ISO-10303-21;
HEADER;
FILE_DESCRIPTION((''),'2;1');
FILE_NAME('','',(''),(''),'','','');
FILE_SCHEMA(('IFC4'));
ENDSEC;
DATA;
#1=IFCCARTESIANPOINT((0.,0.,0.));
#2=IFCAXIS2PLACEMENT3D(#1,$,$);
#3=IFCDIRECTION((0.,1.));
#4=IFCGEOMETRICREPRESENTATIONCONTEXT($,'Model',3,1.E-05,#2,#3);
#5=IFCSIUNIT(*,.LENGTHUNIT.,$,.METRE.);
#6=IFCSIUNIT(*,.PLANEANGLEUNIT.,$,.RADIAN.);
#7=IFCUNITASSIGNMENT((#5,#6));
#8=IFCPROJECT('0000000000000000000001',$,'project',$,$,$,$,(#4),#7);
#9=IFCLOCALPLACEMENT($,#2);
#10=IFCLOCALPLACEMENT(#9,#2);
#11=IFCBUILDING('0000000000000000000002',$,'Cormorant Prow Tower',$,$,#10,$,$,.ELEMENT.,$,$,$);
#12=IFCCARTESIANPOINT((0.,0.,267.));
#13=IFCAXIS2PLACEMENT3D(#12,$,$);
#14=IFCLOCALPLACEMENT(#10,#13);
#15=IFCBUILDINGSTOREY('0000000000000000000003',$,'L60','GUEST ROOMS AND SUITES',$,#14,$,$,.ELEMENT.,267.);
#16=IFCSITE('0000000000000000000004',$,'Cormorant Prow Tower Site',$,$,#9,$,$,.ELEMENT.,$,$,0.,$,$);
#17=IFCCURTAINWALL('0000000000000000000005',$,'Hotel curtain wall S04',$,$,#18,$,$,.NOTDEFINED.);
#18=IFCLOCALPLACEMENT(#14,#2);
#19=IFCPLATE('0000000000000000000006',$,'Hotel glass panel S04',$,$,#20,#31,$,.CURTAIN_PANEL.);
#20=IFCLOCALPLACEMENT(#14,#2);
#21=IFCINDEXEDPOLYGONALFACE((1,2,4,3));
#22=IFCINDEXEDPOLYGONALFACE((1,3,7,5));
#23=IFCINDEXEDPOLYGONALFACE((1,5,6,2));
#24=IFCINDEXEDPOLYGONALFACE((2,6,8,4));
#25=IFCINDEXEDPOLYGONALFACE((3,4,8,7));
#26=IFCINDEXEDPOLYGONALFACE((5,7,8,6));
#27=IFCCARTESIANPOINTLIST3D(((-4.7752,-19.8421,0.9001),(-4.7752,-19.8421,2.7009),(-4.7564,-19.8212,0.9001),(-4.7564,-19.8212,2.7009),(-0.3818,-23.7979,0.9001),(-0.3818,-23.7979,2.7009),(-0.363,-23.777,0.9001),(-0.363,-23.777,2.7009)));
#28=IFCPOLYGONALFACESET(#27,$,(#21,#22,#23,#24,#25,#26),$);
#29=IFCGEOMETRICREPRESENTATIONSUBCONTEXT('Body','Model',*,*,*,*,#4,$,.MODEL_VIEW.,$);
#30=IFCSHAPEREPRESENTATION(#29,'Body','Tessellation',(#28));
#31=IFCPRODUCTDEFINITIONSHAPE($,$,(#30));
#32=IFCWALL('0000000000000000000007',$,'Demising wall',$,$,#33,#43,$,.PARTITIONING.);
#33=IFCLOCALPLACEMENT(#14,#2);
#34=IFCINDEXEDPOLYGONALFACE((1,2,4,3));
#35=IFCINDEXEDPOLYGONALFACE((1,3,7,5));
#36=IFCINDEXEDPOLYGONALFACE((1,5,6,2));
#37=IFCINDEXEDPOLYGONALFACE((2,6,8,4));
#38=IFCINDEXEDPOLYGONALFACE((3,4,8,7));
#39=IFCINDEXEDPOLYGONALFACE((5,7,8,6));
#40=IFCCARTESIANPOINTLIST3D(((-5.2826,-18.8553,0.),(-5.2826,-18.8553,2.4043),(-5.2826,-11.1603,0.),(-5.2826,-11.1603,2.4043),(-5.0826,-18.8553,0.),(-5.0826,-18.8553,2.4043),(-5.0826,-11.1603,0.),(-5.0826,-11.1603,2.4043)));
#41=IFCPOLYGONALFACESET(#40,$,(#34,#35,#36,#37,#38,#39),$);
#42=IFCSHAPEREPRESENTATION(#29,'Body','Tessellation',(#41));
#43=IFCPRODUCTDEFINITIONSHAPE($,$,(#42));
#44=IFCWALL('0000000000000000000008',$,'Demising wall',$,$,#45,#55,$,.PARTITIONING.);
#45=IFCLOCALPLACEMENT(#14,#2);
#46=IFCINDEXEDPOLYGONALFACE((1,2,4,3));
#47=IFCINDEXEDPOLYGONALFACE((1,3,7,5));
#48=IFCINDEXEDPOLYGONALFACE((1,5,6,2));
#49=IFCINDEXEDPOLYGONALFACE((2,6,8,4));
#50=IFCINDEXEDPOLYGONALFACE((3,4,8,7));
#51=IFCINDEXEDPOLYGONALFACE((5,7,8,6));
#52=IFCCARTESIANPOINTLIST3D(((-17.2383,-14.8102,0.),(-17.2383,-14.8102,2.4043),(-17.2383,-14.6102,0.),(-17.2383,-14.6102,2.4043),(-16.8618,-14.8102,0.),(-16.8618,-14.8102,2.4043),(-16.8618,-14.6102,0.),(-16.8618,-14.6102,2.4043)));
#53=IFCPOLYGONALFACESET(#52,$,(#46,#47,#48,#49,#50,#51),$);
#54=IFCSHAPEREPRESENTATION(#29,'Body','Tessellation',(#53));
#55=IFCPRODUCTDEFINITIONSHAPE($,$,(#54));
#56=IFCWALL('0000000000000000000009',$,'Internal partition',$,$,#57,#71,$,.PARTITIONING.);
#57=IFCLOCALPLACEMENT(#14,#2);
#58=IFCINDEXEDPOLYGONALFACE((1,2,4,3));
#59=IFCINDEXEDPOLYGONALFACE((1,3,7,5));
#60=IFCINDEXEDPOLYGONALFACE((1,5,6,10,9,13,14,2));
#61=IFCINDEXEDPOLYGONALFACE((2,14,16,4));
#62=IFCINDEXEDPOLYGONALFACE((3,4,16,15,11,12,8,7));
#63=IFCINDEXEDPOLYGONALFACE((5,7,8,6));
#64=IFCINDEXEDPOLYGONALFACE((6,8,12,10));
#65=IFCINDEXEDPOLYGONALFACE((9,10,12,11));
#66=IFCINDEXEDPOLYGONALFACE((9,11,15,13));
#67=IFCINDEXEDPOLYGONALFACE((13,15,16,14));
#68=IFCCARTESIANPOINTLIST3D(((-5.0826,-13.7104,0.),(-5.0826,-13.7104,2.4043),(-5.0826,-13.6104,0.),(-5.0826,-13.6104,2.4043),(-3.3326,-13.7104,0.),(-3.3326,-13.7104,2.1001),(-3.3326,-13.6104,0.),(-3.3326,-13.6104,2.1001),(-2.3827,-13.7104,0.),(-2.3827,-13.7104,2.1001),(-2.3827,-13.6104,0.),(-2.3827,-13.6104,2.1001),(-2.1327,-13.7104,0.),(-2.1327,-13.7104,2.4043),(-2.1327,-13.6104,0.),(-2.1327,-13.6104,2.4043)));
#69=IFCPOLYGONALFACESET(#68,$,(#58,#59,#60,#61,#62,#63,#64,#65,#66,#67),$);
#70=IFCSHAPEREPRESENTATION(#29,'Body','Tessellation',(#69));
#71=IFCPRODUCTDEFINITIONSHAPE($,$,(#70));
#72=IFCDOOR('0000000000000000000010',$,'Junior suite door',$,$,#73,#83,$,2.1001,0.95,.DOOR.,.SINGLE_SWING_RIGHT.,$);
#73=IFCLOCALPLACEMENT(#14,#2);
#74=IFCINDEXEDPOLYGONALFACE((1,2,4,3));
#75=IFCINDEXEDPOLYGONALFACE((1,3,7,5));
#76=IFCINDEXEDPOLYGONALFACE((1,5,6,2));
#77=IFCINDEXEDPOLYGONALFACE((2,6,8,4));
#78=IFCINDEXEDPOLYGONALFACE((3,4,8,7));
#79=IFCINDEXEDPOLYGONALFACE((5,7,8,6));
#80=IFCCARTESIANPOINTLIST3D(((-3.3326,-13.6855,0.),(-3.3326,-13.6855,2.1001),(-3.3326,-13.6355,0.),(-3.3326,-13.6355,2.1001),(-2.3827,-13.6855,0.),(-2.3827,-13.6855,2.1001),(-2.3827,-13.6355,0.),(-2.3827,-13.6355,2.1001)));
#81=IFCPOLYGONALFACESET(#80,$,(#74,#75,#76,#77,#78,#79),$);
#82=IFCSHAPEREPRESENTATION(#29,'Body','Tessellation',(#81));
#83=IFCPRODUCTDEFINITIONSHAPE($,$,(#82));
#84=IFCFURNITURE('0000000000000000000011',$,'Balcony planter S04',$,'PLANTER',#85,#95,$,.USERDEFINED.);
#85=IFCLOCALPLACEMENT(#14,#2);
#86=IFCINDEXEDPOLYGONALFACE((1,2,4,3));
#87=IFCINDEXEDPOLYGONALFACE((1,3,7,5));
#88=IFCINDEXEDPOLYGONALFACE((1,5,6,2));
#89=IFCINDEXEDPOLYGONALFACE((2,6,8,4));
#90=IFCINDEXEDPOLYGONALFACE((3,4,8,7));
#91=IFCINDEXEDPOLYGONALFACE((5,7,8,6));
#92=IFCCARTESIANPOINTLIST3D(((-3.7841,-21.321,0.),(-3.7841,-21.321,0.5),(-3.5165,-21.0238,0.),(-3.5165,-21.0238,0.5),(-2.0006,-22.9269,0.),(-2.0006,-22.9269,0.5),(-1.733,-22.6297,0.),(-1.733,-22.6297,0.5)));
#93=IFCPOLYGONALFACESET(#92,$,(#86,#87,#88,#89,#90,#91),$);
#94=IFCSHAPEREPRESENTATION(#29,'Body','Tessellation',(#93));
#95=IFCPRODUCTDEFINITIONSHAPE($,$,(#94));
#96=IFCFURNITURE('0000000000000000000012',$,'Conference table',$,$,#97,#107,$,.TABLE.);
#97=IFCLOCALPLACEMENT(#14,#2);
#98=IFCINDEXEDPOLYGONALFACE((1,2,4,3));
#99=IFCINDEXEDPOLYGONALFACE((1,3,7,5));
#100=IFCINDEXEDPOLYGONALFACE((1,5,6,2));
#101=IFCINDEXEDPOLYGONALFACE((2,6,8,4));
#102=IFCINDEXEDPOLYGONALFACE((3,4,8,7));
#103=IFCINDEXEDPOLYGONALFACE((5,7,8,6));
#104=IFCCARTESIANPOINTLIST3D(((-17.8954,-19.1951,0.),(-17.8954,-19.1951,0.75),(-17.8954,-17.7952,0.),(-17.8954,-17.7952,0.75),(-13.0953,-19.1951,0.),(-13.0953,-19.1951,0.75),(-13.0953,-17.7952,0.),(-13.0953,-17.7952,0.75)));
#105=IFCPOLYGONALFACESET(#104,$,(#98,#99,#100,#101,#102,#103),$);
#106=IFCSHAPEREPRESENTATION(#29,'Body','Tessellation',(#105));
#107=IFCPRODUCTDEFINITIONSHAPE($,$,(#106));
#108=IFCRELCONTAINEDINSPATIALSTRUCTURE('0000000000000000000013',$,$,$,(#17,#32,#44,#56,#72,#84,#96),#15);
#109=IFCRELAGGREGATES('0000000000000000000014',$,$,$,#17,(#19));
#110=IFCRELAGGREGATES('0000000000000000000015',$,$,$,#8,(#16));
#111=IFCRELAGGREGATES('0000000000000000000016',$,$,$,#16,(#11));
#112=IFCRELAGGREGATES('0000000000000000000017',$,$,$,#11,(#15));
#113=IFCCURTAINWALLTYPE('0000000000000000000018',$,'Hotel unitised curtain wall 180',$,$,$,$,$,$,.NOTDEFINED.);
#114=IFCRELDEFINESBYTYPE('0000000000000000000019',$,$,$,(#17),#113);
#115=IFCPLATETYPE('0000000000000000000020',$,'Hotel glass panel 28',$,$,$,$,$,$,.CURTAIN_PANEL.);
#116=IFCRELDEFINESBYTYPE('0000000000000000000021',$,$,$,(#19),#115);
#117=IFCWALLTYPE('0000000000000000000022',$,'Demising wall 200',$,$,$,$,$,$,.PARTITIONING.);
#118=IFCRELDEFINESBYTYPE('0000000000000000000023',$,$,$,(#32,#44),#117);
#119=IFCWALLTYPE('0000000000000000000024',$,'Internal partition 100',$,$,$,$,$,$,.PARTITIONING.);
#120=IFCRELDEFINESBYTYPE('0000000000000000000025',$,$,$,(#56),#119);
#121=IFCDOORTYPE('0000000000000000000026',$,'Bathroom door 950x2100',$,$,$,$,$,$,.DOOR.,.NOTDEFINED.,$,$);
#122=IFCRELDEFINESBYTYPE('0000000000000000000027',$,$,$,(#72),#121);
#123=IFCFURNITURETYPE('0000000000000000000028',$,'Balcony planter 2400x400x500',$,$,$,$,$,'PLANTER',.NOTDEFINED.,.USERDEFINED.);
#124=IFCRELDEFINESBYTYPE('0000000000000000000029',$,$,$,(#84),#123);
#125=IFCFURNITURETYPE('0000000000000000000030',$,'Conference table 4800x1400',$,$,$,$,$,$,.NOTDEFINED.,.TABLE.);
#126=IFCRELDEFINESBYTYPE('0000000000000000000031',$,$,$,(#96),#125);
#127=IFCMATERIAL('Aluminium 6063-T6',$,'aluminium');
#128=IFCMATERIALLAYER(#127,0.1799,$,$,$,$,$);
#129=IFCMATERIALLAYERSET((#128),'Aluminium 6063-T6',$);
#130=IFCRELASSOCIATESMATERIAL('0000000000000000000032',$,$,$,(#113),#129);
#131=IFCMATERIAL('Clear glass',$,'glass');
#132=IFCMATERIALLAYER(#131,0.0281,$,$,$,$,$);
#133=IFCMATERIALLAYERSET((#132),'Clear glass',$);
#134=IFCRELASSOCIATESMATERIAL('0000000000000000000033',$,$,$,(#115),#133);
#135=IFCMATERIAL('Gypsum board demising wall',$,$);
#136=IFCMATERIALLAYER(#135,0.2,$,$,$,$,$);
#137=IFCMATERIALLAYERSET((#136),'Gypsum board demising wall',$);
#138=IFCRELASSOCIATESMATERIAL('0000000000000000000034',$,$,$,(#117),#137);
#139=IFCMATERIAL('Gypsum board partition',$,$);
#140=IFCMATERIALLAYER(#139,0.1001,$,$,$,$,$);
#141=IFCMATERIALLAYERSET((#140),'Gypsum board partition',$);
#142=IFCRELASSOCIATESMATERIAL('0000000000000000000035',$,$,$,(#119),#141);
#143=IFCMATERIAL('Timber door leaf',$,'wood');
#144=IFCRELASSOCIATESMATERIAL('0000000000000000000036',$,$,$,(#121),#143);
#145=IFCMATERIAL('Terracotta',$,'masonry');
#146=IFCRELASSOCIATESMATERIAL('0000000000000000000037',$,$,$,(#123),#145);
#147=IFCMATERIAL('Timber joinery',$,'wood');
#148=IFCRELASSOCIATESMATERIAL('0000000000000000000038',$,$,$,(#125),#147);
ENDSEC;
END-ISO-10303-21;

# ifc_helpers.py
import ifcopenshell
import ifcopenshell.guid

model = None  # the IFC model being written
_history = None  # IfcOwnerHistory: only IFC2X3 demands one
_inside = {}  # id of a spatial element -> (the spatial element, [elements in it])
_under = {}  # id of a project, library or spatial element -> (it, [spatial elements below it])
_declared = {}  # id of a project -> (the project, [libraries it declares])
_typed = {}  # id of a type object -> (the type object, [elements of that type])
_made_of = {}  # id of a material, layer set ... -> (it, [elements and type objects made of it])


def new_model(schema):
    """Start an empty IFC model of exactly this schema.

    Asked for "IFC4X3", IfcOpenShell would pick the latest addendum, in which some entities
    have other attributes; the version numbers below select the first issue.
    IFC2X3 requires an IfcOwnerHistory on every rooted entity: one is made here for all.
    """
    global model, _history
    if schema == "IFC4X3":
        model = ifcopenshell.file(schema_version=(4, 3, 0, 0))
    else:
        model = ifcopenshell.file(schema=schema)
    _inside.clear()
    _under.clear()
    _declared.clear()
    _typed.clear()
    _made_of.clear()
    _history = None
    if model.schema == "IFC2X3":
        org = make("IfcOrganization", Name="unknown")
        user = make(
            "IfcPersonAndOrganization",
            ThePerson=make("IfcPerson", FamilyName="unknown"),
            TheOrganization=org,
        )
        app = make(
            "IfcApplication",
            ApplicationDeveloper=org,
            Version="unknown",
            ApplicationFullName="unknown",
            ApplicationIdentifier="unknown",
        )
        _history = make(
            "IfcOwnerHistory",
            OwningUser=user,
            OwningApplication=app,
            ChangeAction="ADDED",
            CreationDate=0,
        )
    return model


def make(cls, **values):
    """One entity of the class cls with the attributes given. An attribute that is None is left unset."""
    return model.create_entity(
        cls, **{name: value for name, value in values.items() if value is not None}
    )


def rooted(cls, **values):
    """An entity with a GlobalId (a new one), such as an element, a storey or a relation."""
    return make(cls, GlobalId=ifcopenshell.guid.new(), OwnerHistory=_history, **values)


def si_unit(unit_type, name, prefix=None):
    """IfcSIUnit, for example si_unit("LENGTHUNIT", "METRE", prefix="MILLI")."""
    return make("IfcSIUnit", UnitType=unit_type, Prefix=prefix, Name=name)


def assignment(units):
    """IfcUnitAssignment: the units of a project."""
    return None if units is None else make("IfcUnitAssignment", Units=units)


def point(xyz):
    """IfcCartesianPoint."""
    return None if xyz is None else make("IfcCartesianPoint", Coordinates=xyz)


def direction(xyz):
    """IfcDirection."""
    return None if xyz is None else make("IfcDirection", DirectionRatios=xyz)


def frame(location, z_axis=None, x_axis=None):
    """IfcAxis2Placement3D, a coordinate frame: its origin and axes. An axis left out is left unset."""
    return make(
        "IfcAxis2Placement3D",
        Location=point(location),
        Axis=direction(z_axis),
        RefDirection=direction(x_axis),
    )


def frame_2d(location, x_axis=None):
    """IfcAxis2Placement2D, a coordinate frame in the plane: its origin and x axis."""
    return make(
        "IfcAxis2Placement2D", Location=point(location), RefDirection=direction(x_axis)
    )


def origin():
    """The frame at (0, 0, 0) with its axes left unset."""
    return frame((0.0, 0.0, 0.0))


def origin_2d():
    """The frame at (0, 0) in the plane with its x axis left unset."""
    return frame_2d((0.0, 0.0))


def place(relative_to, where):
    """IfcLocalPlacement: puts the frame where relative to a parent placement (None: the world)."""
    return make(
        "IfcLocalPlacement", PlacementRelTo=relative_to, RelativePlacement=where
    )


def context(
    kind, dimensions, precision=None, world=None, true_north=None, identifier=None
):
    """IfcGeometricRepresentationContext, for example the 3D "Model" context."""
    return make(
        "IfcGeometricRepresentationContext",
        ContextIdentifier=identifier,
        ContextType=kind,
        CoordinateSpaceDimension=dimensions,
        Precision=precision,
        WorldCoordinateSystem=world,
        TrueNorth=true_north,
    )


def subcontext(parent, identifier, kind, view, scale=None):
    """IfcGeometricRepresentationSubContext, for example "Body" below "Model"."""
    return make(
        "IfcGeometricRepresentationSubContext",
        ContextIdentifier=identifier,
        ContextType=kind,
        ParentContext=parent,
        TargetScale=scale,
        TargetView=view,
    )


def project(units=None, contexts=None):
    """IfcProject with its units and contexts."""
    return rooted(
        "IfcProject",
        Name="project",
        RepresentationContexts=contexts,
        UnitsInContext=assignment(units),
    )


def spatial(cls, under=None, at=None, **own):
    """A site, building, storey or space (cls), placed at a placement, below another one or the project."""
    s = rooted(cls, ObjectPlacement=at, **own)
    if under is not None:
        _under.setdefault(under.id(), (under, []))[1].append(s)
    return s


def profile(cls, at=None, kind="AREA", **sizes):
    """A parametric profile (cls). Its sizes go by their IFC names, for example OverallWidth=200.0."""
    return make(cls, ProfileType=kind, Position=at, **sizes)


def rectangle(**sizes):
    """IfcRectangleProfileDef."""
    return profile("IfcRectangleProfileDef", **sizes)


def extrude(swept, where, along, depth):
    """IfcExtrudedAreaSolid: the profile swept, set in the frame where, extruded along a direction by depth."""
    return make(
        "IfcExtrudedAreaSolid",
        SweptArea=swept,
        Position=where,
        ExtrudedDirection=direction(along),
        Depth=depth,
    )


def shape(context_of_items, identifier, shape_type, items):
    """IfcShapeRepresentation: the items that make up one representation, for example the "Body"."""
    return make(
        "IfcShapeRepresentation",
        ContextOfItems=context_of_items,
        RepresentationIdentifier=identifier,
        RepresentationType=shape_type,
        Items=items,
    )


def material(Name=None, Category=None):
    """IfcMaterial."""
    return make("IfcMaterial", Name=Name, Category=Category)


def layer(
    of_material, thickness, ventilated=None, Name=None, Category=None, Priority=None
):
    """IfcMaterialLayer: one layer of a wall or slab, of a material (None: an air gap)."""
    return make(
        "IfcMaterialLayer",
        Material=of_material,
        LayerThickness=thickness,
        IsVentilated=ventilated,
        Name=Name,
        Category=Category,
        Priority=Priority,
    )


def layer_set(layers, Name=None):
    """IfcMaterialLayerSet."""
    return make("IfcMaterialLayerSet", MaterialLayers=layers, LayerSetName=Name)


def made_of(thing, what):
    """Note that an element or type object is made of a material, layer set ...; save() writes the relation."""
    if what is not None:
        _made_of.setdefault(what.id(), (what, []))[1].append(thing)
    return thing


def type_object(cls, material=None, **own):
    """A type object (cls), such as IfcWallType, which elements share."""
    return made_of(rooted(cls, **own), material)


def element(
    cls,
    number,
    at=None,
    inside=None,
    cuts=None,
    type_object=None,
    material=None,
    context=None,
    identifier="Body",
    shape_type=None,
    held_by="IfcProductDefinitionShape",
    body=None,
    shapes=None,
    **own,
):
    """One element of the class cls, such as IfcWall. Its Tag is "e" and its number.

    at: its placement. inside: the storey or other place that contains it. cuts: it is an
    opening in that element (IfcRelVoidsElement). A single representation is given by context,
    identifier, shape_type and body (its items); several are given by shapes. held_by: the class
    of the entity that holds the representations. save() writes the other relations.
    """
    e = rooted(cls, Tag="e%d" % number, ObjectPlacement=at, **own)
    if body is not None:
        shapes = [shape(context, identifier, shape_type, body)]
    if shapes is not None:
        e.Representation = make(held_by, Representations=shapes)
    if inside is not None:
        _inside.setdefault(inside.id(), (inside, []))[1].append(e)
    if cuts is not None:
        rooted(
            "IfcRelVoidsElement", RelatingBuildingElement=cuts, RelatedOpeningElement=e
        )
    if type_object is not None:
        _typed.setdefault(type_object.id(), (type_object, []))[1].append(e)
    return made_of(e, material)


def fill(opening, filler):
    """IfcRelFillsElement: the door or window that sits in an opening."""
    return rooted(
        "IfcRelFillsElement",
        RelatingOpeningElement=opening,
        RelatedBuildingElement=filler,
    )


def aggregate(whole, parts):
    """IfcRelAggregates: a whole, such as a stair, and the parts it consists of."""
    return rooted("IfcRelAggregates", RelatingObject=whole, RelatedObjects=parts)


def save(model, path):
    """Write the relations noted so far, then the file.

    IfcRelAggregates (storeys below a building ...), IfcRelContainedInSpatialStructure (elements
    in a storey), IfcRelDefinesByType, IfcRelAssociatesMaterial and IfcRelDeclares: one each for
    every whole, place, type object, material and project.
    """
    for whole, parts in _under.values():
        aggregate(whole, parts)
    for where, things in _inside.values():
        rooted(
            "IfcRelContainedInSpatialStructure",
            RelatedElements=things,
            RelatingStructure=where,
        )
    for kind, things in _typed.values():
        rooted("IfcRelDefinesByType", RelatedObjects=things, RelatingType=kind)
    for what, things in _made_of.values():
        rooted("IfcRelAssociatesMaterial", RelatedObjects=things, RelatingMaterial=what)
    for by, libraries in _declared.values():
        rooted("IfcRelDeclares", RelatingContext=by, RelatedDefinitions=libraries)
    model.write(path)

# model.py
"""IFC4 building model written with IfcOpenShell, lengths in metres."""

from ifc_helpers import new_model, si_unit, direction, frame, frame_2d, origin, origin_2d, place, context, subcontext, project, spatial, rectangle, extrude, material, layer, layer_set, type_object, element, fill, aggregate, save


model = new_model("IFC4")

# Units and contexts
model_context = context("Model", 3, precision=1e-05, world=origin(), true_north=direction((0.0, 1.0)))
body_context = subcontext(model_context, "Body", "Model", "MODEL_VIEW")
ifc_project = project(units=[si_unit("LENGTHUNIT", "METRE"), si_unit("PLANEANGLEUNIT", "RADIAN")], contexts=[model_context])

# Site, building, storey
site_placement = place(None, origin())
site = spatial("IfcSite", under=ifc_project, at=site_placement, Name="Cormorant Prow Tower Site", CompositionType="ELEMENT", RefElevation=0.0)
building_placement = place(site_placement, origin())
building = spatial("IfcBuilding", under=site, at=building_placement, Name="Cormorant Prow Tower", CompositionType="ELEMENT")
storey_placement = place(building_placement, frame((0.0, 0.0, 267.0)))
storey = spatial("IfcBuildingStorey", under=building, at=storey_placement, Name="L60", Description="GUEST ROOMS AND SUITES", CompositionType="ELEMENT", Elevation=267.0)

# Curtain wall
ifc_material_1 = material(Name="Aluminium 6063-T6", Category="aluminium")
ifc_layer_1 = layer(ifc_material_1, 0.1799)
ifc_layer_set_1 = layer_set([ifc_layer_1], Name="Aluminium 6063-T6")
curtain_wall_type = type_object("IfcCurtainWallType", Name="Hotel unitised curtain wall 180", PredefinedType="NOTDEFINED", material=ifc_layer_set_1)
curtain_wall_1_placement = place(storey_placement, origin())
curtain_wall_1 = element("IfcCurtainWall", 1, at=curtain_wall_1_placement, inside=storey, type_object=curtain_wall_type, Name="Hotel curtain wall S04", PredefinedType="NOTDEFINED")

# Plate
ifc_material_2 = material(Name="Clear glass", Category="glass")
ifc_layer_2 = layer(ifc_material_2, 0.0281)
ifc_layer_set_2 = layer_set([ifc_layer_2], Name="Clear glass")
plate_type = type_object("IfcPlateType", Name="Hotel glass panel 28", PredefinedType="CURTAIN_PANEL", material=ifc_layer_set_2)
plate_1_placement = place(storey_placement, frame((-2.5691, -21.8096, 0.9001), z_axis=(0.0, 0.0, 1.0), x_axis=(0.743145, -0.669131, 0.0)))
plate_1 = element("IfcPlate", 2, at=plate_1_placement, type_object=plate_type, Name="Hotel glass panel S04", PredefinedType="CURTAIN_PANEL", context=body_context, shape_type="SweptSolid", body=[
    extrude(rectangle(XDim=5.9119, YDim=0.0281, at=origin_2d()), origin(), (0.0, 0.0, 1.0), 1.8008),
])
aggregate(curtain_wall_1, [plate_1])

# Walls
ifc_material_3 = material(Name="Gypsum board demising wall")
ifc_layer_3 = layer(ifc_material_3, 0.2)
ifc_layer_set_3 = layer_set([ifc_layer_3], Name="Gypsum board demising wall")
wall_type_1 = type_object("IfcWallType", Name="Demising wall 200", PredefinedType="PARTITIONING", material=ifc_layer_set_3)
wall_1_placement = place(storey_placement, frame((-5.1826, -18.8555, 0.0), z_axis=(0.0, 0.0, 1.0), x_axis=(0.0, 1.0, 0.0)))
element("IfcWall", 3, at=wall_1_placement, inside=storey, type_object=wall_type_1, Name="Demising wall", PredefinedType="PARTITIONING", context=body_context, shape_type="SweptSolid", body=[
    extrude(rectangle(XDim=7.6951, YDim=0.2, at=frame_2d((3.8477, 0.0))), origin(), (0.0, 0.0, 1.0), 2.4043),
])
wall_2_placement = place(storey_placement, frame((-17.2383, -14.7102, 0.0), z_axis=(0.0, 0.0, 1.0), x_axis=(1.0, 0.0, 0.0)))
element("IfcWall", 4, at=wall_2_placement, inside=storey, type_object=wall_type_1, Name="Demising wall", PredefinedType="PARTITIONING", context=body_context, shape_type="SweptSolid", body=[
    extrude(rectangle(XDim=0.3765, YDim=0.2, at=frame_2d((0.1882, 0.0))), origin(), (0.0, 0.0, 1.0), 2.4043),
])

# Wall, opening, door
ifc_material_4 = material(Name="Gypsum board partition")
ifc_layer_4 = layer(ifc_material_4, 0.1001)
ifc_layer_set_4 = layer_set([ifc_layer_4], Name="Gypsum board partition")
wall_type_2 = type_object("IfcWallType", Name="Internal partition 100", PredefinedType="PARTITIONING", material=ifc_layer_set_4)
wall_3_placement = place(storey_placement, frame((-5.0828, -13.6604, 0.0), z_axis=(0.0, 0.0, 1.0), x_axis=(1.0, 0.0, 0.0)))
wall_3 = element("IfcWall", 5, at=wall_3_placement, inside=storey, type_object=wall_type_2, Name="Internal partition", PredefinedType="PARTITIONING", context=body_context, shape_type="SweptSolid", body=[
    extrude(rectangle(XDim=2.95, YDim=0.1001, at=frame_2d((1.4751, 0.0))), origin(), (0.0, 0.0, 1.0), 2.4043),
])
opening_1_placement = place(wall_3_placement, frame((1.75, 0.0, 0.0)))
opening_1 = element("IfcOpeningElement", 6, at=opening_1_placement, cuts=wall_3, PredefinedType="OPENING", context=body_context, shape_type="SweptSolid", body=[
    extrude(rectangle(XDim=0.95, YDim=2.1001, at=frame_2d((0.4751, 1.05))), frame((0.0, 0.0601, 0.0), z_axis=(0.0, -1.0, 0.0), x_axis=(1.0, 0.0, 0.0)), (0.0, 0.0, 1.0), 0.1201),
])
ifc_material_5 = material(Name="Timber door leaf", Category="wood")
door_type_1 = type_object("IfcDoorType", Name="Bathroom door 950x2100", OperationType="NOTDEFINED", PredefinedType="DOOR", material=ifc_material_5)
door_1_placement = place(opening_1_placement, origin())
door_1 = element("IfcDoor", 7, at=door_1_placement, inside=storey, type_object=door_type_1, Name="Junior suite door", OperationType="SINGLE_SWING_RIGHT", OverallHeight=2.1001, OverallWidth=0.95, PredefinedType="DOOR", context=body_context, shape_type="SweptSolid", body=[
    extrude(rectangle(XDim=0.95, YDim=2.1001, at=frame_2d((0.4751, 1.05))), frame((0.0, 0.0249, 0.0), z_axis=(0.0, -1.0, 0.0), x_axis=(1.0, 0.0, 0.0)), (0.0, 0.0, 1.0), 0.05),
])
fill(opening_1, door_1)

# Furniture
ifc_material_6 = material(Name="Terracotta", Category="masonry")
furniture_type_1 = type_object("IfcFurnitureType", Name="Balcony planter 2400x400x500", ElementType="PLANTER", AssemblyPlace="NOTDEFINED", PredefinedType="USERDEFINED", material=ifc_material_6)
furniture_1_placement = place(storey_placement, frame((-2.7585, -21.9753, 0.0), z_axis=(0.0, 0.0, 1.0), x_axis=(0.743145, -0.669131, 0.0)))
element("IfcFurniture", 8, at=furniture_1_placement, inside=storey, type_object=furniture_type_1, Name="Balcony planter S04", ObjectType="PLANTER", PredefinedType="USERDEFINED", context=body_context, shape_type="SweptSolid", body=[
    extrude(rectangle(XDim=2.3999, YDim=0.3999, at=origin_2d()), origin(), (0.0, 0.0, 1.0), 0.5),
])
ifc_material_7 = material(Name="Timber joinery", Category="wood")
furniture_type_2 = type_object("IfcFurnitureType", Name="Conference table 4800x1400", AssemblyPlace="NOTDEFINED", PredefinedType="TABLE", material=ifc_material_7)
furniture_2_placement = place(storey_placement, frame((-15.4954, -18.4951, 0.0), z_axis=(0.0, 0.0, 1.0), x_axis=(1.0, 0.0, 0.0)))
element("IfcFurniture", 9, at=furniture_2_placement, inside=storey, type_object=furniture_type_2, Name="Conference table", PredefinedType="TABLE", context=body_context, shape_type="SweptSolid", body=[
    extrude(rectangle(XDim=4.8, YDim=1.3999, at=origin_2d()), origin(), (0.0, 0.0, 1.0), 0.75),
])

save(model, "model.ifc")
